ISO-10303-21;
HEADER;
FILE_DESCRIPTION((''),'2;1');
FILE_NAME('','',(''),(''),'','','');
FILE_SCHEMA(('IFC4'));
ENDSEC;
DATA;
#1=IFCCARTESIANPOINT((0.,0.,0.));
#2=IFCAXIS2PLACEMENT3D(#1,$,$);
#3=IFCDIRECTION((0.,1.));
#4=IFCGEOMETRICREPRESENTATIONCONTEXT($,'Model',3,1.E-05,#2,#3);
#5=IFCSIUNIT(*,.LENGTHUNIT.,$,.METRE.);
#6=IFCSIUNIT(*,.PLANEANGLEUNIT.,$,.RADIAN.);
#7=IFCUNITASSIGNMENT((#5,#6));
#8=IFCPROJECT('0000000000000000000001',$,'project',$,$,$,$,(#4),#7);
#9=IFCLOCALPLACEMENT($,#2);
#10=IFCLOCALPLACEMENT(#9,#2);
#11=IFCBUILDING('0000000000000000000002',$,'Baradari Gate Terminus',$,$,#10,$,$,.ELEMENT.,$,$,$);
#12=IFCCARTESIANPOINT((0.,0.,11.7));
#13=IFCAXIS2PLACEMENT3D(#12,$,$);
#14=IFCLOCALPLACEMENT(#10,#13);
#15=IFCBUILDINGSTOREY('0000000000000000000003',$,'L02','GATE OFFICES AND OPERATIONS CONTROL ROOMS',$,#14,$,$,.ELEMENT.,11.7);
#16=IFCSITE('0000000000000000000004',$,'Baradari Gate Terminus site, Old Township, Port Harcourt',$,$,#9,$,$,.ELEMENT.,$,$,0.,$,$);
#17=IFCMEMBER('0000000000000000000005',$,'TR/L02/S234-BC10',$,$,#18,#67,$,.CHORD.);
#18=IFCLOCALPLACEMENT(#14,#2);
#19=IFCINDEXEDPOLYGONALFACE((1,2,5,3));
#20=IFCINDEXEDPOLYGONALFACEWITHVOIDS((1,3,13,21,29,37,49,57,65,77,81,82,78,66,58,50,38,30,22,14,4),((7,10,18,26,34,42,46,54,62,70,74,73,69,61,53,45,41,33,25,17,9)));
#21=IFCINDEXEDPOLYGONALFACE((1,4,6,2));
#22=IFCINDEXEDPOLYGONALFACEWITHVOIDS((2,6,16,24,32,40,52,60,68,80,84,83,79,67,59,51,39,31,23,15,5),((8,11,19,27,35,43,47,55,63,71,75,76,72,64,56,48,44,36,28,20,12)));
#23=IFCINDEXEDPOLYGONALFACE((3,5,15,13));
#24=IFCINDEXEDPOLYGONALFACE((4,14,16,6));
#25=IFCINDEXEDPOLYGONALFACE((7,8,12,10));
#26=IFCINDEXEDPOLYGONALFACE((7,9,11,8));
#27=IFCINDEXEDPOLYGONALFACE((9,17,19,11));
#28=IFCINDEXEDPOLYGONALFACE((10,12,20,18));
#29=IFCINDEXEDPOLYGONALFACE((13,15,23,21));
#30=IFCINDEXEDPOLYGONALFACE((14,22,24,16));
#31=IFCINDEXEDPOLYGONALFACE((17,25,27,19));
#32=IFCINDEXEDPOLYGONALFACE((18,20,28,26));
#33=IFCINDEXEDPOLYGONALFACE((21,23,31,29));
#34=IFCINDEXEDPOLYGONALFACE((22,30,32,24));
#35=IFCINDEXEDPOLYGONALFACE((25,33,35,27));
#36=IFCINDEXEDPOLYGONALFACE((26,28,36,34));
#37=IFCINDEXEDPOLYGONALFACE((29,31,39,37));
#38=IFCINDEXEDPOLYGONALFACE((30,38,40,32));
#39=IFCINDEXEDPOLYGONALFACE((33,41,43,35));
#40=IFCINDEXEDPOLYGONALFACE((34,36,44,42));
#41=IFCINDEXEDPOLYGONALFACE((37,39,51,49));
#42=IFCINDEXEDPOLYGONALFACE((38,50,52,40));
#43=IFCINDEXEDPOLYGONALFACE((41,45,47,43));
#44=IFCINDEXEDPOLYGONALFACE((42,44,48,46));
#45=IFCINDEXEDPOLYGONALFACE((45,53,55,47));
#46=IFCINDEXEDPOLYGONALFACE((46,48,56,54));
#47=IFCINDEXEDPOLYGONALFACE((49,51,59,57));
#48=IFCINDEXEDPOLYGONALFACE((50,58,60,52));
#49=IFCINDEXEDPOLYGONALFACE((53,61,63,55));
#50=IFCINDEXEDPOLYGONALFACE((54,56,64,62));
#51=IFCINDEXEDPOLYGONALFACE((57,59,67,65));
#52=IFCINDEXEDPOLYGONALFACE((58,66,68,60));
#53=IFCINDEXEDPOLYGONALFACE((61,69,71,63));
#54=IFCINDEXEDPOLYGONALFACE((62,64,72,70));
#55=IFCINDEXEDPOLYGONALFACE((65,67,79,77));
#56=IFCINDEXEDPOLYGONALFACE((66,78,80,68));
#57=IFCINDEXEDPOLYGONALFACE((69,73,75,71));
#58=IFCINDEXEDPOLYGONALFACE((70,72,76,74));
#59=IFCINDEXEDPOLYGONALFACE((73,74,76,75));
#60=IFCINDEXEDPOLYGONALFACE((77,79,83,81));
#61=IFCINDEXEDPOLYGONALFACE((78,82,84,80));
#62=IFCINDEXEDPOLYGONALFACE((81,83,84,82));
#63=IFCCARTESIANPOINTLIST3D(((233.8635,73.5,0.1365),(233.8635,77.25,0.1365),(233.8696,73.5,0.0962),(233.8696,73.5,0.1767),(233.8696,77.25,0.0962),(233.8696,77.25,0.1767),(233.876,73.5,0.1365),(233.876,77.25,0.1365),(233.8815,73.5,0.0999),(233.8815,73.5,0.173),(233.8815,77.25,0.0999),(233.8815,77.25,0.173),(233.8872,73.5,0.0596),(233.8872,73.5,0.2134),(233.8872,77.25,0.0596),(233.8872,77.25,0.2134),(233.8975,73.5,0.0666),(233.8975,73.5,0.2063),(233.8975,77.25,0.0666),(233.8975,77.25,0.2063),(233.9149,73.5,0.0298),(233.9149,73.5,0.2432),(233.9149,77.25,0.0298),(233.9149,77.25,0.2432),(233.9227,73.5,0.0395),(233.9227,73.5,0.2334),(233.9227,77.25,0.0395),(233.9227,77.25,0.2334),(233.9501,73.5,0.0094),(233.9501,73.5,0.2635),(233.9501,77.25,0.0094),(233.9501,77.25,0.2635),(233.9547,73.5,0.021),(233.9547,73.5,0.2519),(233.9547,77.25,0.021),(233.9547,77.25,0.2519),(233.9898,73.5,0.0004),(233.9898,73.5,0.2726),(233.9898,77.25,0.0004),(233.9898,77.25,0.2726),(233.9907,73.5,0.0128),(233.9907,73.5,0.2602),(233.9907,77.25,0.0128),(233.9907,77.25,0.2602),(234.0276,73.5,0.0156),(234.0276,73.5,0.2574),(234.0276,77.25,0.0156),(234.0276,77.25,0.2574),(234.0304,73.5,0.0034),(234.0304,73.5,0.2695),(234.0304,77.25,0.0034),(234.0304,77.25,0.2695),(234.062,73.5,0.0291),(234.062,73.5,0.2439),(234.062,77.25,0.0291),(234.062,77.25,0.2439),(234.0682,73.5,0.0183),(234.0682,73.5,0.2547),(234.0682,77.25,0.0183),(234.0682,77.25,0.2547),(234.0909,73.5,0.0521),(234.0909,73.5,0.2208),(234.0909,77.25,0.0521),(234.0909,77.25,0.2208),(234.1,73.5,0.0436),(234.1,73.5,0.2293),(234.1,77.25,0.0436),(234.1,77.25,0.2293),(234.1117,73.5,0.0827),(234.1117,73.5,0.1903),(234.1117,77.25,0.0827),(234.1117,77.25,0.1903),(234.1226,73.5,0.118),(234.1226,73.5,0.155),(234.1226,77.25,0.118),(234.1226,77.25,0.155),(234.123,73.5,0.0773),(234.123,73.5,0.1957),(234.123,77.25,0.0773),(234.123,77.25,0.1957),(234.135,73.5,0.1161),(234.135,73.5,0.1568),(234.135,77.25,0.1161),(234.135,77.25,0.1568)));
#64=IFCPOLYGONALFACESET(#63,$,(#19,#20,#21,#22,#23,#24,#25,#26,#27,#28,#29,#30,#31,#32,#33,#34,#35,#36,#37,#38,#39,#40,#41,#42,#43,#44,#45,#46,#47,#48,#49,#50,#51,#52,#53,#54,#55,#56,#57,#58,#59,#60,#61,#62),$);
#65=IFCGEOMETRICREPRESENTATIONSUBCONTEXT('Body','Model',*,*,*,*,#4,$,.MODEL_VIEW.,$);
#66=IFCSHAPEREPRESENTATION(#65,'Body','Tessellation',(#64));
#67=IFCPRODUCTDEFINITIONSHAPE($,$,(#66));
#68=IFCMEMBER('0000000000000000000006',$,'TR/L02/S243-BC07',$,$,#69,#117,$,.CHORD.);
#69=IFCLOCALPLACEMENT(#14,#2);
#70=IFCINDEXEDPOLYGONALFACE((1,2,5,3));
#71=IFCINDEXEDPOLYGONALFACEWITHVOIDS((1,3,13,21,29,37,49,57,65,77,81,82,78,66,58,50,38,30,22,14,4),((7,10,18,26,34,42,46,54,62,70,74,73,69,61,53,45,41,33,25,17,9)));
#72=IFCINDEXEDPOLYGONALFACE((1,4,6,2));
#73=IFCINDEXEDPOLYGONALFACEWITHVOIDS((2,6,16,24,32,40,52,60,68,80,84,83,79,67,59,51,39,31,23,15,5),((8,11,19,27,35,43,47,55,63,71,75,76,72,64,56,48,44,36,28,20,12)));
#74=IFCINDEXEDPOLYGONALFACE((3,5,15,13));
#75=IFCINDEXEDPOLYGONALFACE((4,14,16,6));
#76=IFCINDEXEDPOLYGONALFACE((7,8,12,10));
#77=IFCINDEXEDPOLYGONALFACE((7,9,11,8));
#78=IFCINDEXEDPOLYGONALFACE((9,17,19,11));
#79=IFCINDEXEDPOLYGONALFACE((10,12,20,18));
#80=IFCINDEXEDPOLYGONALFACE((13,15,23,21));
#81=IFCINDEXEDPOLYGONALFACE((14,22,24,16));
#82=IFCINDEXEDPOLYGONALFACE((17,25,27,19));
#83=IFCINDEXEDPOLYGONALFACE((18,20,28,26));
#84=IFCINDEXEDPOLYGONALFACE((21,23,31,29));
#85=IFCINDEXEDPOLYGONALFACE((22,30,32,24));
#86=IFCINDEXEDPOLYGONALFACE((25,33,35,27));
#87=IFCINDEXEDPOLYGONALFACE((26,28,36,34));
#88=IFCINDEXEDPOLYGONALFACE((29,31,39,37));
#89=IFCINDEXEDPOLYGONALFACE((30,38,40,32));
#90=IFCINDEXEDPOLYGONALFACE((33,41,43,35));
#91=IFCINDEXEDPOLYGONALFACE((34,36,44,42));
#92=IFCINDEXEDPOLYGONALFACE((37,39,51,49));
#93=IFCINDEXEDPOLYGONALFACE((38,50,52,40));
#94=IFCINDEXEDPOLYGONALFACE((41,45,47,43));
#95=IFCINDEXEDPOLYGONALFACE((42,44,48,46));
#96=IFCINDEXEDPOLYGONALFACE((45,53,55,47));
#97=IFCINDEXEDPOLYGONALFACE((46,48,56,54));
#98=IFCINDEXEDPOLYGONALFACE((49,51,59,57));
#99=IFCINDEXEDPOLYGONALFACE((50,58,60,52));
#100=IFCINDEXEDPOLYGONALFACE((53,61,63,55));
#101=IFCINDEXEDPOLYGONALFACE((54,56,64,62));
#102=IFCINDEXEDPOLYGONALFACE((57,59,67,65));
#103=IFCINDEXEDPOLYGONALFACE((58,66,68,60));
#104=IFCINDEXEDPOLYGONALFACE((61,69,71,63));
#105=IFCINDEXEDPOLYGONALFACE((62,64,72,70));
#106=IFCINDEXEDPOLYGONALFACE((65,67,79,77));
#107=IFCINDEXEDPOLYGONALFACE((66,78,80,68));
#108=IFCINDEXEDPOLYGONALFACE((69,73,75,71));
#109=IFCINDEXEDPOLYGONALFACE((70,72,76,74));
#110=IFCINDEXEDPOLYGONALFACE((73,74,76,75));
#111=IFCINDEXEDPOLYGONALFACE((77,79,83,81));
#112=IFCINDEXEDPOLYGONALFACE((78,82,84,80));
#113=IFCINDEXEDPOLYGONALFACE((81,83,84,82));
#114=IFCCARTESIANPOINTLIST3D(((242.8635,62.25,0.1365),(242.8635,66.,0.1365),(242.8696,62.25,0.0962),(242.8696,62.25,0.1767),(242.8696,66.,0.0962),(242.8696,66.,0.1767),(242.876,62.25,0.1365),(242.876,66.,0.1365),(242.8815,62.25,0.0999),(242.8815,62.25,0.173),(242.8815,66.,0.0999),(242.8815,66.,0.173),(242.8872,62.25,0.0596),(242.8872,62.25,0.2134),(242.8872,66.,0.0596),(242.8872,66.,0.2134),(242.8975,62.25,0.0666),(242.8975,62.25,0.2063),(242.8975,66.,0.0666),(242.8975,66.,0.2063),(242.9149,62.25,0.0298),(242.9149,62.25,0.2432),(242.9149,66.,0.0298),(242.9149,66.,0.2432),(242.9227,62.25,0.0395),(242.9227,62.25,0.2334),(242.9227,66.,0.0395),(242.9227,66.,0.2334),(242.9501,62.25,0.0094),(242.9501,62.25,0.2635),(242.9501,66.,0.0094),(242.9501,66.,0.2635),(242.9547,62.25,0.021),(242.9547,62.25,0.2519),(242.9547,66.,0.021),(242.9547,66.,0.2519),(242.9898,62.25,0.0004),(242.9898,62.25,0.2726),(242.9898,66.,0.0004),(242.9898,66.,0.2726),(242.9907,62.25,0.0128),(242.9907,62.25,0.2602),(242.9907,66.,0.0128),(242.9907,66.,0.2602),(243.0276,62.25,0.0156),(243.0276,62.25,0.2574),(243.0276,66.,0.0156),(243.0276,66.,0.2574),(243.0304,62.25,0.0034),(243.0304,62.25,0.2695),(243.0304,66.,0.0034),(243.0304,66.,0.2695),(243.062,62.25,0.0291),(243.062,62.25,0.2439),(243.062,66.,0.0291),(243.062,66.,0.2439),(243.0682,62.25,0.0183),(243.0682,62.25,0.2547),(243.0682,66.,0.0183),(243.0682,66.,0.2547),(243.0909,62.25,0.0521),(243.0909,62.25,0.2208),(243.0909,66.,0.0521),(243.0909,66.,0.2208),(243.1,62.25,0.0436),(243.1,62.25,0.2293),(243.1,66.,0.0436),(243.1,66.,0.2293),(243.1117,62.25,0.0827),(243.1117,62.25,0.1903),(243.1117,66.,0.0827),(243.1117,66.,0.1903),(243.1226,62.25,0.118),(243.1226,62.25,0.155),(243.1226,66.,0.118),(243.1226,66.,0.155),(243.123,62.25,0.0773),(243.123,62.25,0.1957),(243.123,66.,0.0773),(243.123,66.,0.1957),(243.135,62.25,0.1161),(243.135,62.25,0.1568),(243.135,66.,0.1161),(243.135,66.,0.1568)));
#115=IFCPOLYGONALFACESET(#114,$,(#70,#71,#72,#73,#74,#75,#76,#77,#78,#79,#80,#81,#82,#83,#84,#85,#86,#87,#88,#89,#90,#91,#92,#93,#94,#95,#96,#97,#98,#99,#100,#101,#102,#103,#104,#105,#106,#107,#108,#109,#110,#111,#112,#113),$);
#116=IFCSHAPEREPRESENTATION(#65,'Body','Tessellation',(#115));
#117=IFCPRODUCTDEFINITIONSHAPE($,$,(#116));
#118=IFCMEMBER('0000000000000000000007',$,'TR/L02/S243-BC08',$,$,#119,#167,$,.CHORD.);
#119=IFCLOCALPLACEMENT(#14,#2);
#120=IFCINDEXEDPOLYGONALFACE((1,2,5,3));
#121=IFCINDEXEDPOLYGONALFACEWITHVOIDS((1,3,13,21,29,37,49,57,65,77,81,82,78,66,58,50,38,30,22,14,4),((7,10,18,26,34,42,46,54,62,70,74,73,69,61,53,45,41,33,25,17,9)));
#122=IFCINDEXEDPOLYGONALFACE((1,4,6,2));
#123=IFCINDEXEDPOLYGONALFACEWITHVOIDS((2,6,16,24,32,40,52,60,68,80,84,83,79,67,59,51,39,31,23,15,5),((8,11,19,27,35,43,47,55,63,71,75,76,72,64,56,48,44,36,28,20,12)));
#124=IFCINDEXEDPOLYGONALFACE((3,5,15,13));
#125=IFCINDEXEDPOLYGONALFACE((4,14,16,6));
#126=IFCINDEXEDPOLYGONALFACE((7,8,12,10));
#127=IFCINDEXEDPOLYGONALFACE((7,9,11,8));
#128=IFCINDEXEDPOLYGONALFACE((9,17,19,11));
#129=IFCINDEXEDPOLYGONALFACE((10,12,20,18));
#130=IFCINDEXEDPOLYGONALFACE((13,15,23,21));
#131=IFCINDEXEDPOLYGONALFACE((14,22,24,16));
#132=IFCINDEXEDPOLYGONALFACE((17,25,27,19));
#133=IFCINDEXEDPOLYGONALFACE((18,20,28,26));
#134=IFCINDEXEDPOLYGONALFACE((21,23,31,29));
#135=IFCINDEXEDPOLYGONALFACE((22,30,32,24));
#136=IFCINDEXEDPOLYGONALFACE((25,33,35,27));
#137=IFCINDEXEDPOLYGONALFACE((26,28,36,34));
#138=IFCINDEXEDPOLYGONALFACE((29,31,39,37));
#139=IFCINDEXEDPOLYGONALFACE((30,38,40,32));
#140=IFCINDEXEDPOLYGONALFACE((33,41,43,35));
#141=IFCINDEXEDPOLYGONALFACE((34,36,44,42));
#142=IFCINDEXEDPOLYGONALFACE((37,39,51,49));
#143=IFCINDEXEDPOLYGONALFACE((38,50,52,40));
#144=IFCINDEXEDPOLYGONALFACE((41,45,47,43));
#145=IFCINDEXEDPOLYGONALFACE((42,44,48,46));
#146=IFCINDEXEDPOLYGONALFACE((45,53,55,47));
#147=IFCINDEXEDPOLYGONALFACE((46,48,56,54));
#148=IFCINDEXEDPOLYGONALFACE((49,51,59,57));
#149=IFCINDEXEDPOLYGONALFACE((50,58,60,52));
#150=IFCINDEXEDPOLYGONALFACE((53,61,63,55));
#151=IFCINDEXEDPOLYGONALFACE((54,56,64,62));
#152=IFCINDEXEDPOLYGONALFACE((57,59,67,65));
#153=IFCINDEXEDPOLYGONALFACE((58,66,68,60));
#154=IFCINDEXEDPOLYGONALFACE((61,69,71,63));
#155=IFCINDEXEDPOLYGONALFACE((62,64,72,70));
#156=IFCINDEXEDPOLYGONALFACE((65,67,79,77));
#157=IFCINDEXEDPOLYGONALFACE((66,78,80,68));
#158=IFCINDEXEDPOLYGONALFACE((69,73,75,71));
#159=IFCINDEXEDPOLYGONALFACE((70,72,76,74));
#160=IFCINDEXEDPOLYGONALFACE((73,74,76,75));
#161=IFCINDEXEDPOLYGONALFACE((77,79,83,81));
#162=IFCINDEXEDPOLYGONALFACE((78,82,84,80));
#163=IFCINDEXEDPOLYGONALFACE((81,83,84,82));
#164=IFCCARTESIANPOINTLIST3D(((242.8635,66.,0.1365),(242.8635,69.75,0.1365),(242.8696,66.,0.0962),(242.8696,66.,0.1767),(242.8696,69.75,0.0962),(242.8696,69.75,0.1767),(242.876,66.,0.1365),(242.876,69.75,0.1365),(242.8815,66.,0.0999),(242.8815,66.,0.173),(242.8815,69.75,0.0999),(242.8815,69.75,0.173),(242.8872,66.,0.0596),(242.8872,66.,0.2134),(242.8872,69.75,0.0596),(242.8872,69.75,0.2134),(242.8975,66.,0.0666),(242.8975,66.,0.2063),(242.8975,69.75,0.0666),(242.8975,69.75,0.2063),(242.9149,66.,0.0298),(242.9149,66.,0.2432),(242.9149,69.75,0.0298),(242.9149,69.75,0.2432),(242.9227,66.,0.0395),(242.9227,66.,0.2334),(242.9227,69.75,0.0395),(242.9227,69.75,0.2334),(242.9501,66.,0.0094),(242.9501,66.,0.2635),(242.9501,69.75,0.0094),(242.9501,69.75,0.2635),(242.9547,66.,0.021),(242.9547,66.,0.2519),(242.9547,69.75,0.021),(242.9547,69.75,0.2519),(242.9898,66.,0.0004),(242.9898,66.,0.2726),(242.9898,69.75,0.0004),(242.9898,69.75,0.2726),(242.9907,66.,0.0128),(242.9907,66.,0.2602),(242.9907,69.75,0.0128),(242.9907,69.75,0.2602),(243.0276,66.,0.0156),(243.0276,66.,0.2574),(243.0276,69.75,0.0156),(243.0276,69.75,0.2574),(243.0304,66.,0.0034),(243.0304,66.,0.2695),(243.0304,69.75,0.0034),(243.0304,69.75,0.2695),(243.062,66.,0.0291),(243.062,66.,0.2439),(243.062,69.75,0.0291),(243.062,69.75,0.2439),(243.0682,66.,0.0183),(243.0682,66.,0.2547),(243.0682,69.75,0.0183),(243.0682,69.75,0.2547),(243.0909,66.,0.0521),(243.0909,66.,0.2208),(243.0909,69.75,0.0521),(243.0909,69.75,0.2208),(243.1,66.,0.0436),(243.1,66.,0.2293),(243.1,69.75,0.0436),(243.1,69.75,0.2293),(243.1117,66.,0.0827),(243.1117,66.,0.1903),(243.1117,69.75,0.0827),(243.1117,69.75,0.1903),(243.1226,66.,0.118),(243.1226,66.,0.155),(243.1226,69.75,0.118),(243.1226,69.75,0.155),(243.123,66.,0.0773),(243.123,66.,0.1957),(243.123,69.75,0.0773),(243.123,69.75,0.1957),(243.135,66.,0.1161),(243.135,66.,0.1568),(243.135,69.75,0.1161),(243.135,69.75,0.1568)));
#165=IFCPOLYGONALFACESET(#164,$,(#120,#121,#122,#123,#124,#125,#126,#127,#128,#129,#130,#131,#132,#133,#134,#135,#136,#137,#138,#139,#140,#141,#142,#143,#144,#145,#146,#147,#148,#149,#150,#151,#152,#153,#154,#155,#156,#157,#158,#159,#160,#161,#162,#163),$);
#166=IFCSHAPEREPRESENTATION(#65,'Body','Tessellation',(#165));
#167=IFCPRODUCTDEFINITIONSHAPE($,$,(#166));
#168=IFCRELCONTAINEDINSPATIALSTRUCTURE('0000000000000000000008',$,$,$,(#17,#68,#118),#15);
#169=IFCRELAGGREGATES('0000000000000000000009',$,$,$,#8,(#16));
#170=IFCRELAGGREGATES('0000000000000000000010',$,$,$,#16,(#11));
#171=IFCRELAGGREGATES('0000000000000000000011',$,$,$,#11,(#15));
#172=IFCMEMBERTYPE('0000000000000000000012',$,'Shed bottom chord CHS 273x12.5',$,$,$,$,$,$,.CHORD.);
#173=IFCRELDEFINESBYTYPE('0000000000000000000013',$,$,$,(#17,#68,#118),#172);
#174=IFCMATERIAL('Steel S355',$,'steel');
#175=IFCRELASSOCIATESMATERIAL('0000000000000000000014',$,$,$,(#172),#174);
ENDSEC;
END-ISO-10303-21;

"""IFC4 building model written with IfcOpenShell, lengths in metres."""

from ifc_helpers import new_model, si_unit, direction, frame, origin, origin_2d, place, context, subcontext, project, spatial, hollow_circle, extrude, material, material_profile, profile_set, type_object, element, save


model = new_model("IFC4")

# Units and contexts
model_context = context("Model", 3, precision=1e-05, world=origin(), true_north=direction((0.0, 1.0)))
body_context = subcontext(model_context, "Body", "Model", "MODEL_VIEW")
ifc_project = project(units=[si_unit("LENGTHUNIT", "METRE"), si_unit("PLANEANGLEUNIT", "RADIAN")], contexts=[model_context])

# Site, building, storey
site_placement = place(None, origin())
site = spatial("IfcSite", under=ifc_project, at=site_placement, Name="Baradari Gate Terminus site, Old Township, Port Harcourt", CompositionType="ELEMENT", RefElevation=0.0)
building_placement = place(site_placement, origin())
building = spatial("IfcBuilding", under=site, at=building_placement, Name="Baradari Gate Terminus", CompositionType="ELEMENT")
storey_placement = place(building_placement, frame((0.0, 0.0, 11.7)))
storey = spatial("IfcBuildingStorey", under=building, at=storey_placement, Name="L02", Description="GATE OFFICES AND OPERATIONS CONTROL ROOMS", CompositionType="ELEMENT", Elevation=11.7)

# Members
ifc_material_1 = material(Name="Steel S355", Category="steel")
ifc_material_profile_1 = material_profile(ifc_material_1, hollow_circle(Radius=0.1365, WallThickness=0.0125, at=origin_2d()), Name="CHS 273x12.5")
ifc_profile_set_1 = profile_set([ifc_material_profile_1], Name="Steel S355")
member_type_1 = type_object("IfcMemberType", Name="Shed bottom chord CHS 273x12.5", PredefinedType="CHORD", material=ifc_profile_set_1)
for number, where, z_axis, x_axis, name in (
    (1, (234.0, 73.5, 0.1365), (0.0, 1.0, 0.0), (-1.0, 0.0, 0.0), "TR/L02/S234-BC10"),
    (2, (243.0, 62.25, 0.1365), (0.0, 1.0, 0.0), (-1.0, 0.0, 0.0), "TR/L02/S243-BC07"),
    (3, (243.0, 66.0, 0.1365), (0.0, 1.0, 0.0), (-1.0, 0.0, 0.0), "TR/L02/S243-BC08"),
):
    element("IfcMember", number, at=place(storey_placement, frame(where, z_axis=z_axis, x_axis=x_axis)), inside=storey, type_object=member_type_1, Name=name, PredefinedType="CHORD", context=body_context, shape_type="SweptSolid", body=[
        extrude(hollow_circle(Radius=0.1365, WallThickness=0.0125, at=origin_2d()), origin(), (0.0, 0.0, 1.0), 3.75),
    ])

save(model, "model.ifc")
